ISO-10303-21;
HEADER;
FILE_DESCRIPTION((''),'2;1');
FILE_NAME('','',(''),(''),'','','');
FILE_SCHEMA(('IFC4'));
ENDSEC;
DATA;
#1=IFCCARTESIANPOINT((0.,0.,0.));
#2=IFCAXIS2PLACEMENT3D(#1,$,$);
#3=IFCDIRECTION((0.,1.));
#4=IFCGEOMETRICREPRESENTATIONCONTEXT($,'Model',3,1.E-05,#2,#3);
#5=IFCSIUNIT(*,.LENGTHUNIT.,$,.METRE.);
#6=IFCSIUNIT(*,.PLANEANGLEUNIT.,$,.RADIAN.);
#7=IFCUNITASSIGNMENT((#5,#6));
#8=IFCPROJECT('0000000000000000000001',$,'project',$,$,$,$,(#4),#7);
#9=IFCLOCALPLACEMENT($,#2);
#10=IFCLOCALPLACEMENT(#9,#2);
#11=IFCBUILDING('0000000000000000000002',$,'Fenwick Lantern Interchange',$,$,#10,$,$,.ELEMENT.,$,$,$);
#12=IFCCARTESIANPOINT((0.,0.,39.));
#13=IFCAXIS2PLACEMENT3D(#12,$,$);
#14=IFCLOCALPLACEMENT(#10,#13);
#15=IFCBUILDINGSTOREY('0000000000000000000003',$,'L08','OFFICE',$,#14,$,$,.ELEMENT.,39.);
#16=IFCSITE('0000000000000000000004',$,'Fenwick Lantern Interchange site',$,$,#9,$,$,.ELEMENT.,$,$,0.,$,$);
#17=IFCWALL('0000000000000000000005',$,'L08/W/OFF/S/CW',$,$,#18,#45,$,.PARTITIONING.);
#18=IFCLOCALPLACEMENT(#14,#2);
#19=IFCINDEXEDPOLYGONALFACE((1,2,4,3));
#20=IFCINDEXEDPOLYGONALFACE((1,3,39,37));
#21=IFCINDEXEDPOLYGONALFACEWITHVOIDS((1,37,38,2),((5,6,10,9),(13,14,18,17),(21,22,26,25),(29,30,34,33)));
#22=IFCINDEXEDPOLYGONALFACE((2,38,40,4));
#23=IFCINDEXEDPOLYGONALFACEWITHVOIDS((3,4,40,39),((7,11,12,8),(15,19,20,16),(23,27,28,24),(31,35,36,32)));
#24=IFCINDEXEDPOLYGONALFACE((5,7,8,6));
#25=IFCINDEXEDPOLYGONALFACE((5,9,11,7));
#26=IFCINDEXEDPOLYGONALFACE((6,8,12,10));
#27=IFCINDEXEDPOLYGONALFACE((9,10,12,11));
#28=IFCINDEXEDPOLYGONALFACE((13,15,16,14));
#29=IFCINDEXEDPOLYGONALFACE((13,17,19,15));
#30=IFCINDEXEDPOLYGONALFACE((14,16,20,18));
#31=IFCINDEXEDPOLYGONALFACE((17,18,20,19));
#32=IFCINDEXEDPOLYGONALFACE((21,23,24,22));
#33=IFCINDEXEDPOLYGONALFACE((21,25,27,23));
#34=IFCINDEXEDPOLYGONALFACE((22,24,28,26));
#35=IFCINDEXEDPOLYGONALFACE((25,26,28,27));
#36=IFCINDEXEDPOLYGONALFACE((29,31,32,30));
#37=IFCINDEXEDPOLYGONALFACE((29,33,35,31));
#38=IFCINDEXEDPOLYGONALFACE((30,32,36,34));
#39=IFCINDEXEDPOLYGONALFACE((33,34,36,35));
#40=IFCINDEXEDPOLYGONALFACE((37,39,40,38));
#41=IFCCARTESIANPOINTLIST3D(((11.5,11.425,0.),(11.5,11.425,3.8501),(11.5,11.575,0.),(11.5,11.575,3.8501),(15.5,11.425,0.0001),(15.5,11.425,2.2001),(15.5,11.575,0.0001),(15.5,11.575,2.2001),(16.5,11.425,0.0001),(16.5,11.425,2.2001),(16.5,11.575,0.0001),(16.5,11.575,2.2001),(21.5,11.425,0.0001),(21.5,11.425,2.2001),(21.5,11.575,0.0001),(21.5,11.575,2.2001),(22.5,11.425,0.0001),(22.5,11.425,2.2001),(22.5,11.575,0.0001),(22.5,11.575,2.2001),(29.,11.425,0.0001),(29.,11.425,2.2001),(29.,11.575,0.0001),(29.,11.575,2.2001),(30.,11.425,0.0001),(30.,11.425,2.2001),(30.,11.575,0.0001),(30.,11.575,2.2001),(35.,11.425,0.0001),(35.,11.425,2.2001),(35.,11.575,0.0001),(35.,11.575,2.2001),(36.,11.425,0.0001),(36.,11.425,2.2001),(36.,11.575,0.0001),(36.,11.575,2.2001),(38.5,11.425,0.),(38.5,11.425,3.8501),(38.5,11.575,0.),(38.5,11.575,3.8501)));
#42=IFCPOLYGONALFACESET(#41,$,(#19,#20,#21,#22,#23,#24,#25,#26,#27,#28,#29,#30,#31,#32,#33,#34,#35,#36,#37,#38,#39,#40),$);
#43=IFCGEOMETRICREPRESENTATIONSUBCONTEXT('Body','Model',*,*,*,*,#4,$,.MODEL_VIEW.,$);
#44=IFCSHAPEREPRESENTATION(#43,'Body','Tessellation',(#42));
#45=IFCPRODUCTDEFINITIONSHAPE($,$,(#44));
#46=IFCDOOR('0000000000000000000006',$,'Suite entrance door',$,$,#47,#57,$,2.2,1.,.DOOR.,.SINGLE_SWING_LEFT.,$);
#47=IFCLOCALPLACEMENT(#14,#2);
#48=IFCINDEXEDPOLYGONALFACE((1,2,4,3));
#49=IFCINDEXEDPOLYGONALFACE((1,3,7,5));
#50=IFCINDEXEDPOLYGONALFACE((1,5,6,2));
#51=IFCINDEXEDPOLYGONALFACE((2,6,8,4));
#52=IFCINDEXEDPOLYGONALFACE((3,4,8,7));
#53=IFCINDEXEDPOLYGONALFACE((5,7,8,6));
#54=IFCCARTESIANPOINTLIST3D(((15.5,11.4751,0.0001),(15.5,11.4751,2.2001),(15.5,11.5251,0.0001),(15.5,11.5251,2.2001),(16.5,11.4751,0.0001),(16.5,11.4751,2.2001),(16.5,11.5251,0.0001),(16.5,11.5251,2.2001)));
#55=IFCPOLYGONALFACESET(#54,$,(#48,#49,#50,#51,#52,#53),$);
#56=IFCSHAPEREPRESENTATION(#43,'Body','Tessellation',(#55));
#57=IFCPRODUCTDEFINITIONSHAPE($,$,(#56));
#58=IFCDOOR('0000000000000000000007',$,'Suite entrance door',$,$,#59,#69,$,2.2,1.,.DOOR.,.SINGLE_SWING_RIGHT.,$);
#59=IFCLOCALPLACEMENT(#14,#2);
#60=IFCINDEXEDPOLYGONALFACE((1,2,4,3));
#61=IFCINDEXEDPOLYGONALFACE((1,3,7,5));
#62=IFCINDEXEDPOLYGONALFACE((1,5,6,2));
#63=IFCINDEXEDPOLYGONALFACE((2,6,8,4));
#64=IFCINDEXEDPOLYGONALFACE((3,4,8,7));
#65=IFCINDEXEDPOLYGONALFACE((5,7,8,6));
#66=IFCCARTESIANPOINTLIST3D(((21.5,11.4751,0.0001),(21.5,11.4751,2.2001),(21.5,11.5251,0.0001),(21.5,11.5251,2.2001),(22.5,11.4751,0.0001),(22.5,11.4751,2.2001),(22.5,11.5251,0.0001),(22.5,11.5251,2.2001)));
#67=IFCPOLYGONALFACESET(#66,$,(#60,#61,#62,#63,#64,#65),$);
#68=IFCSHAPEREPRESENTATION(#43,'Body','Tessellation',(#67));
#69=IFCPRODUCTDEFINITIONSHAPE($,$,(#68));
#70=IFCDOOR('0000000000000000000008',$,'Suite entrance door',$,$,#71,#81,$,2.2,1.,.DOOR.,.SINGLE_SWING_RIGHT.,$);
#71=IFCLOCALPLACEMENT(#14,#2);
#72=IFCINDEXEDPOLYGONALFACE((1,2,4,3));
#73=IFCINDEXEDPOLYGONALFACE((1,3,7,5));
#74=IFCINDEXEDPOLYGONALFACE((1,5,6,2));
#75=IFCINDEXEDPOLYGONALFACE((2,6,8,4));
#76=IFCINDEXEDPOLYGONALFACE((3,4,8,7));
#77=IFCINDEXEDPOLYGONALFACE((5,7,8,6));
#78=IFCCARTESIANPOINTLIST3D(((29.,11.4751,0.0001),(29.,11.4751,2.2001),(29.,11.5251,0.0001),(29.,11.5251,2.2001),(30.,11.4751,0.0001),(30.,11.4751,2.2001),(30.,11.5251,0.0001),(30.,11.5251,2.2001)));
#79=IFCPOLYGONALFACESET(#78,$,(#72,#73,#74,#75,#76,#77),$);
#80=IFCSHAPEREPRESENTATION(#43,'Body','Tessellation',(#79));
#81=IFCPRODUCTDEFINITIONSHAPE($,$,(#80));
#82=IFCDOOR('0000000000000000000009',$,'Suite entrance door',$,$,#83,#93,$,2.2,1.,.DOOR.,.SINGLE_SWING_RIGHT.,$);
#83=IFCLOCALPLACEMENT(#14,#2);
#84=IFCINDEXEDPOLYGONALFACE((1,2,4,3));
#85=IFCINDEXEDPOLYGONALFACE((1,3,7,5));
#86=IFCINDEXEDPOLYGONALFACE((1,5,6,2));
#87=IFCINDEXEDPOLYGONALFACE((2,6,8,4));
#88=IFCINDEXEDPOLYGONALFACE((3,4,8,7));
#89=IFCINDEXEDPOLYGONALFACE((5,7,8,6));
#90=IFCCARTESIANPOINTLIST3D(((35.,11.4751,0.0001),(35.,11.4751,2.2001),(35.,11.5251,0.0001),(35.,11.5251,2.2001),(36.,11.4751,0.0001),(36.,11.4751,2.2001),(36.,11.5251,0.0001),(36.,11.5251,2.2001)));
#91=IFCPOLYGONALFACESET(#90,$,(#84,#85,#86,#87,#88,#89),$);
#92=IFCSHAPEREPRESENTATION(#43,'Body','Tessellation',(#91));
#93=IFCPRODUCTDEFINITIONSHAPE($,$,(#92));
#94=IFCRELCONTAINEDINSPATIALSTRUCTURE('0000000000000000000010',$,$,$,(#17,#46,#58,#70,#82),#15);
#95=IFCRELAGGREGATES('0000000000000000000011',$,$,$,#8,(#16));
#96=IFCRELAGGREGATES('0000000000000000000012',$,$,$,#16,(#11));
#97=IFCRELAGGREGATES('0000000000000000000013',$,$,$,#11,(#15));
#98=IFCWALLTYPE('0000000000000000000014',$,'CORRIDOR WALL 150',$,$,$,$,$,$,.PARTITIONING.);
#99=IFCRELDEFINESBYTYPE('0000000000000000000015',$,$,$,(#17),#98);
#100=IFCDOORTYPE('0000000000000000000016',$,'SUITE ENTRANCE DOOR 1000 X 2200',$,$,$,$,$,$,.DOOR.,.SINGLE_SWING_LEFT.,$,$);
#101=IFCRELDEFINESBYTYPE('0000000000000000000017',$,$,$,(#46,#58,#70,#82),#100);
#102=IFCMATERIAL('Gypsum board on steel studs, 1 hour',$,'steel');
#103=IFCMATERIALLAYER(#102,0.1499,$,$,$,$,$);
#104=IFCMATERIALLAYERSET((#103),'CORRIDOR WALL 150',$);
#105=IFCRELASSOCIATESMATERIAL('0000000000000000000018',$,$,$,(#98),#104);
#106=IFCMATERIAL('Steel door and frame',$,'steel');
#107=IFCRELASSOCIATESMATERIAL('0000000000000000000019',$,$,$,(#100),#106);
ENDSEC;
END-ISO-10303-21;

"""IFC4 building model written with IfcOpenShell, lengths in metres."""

from ifc_helpers import new_model, si_unit, direction, frame, frame_2d, origin, place, context, subcontext, project, spatial, rectangle, extrude, material, layer, layer_set, type_object, element, fill, save


model = new_model("IFC4")

# Units and contexts
model_context = context("Model", 3, precision=1e-05, world=origin(), true_north=direction((0.0, 1.0)))
body_context = subcontext(model_context, "Body", "Model", "MODEL_VIEW")
ifc_project = project(units=[si_unit("LENGTHUNIT", "METRE"), si_unit("PLANEANGLEUNIT", "RADIAN")], contexts=[model_context])

# Site, building, storey
site_placement = place(None, origin())
site = spatial("IfcSite", under=ifc_project, at=site_placement, Name="Fenwick Lantern Interchange site", CompositionType="ELEMENT", RefElevation=0.0)
building_placement = place(site_placement, origin())
building = spatial("IfcBuilding", under=site, at=building_placement, Name="Fenwick Lantern Interchange", CompositionType="ELEMENT")
storey_placement = place(building_placement, frame((0.0, 0.0, 39.0)))
storey = spatial("IfcBuildingStorey", under=building, at=storey_placement, Name="L08", Description="OFFICE", CompositionType="ELEMENT", Elevation=39.0)

# Shared definitions
ifc_material_1 = material(Name="Steel door and frame", Category="steel")

# Wall, openings, doors
ifc_material_2 = material(Name="Gypsum board on steel studs, 1 hour", Category="steel")
ifc_layer_1 = layer(ifc_material_2, 0.1499)
ifc_layer_set_1 = layer_set([ifc_layer_1], Name="CORRIDOR WALL 150")
wall_type_1 = type_object("IfcWallType", Name="CORRIDOR WALL 150", PredefinedType="PARTITIONING", material=ifc_layer_set_1)
wall_1_placement = place(storey_placement, frame((11.5, 11.5, 0.0), z_axis=(0.0, 0.0, 1.0), x_axis=(1.0, 0.0, 0.0)))
wall_1 = element("IfcWall", 1, at=wall_1_placement, inside=storey, type_object=wall_type_1, Name="L08/W/OFF/S/CW", PredefinedType="PARTITIONING", context=body_context, shape_type="SweptSolid", body=[
    extrude(rectangle(XDim=27.0, YDim=0.1499, at=frame_2d((13.5, 0.0))), origin(), (0.0, 0.0, 1.0), 3.8501),
])
opening_1_placement = place(wall_1_placement, frame((4.0, 0.0, 0.0)))
opening_1 = element("IfcOpeningElement", 2, at=opening_1_placement, cuts=wall_1, PredefinedType="OPENING", context=body_context, shape_type="SweptSolid", body=[
    extrude(rectangle(XDim=1.0, YDim=2.2, at=frame_2d((0.5, 1.1001))), frame((0.0, 0.085, 0.0), z_axis=(0.0, -1.0, 0.0), x_axis=(1.0, 0.0, 0.0)), (0.0, 0.0, 1.0), 0.1699),
])
opening_2_placement = place(wall_1_placement, frame((10.0, 0.0, 0.0)))
opening_2 = element("IfcOpeningElement", 3, at=opening_2_placement, cuts=wall_1, PredefinedType="OPENING", context=body_context, shape_type="SweptSolid", body=[
    extrude(rectangle(XDim=1.0, YDim=2.2, at=frame_2d((0.5, 1.1001))), frame((0.0, 0.085, 0.0), z_axis=(0.0, -1.0, 0.0), x_axis=(1.0, 0.0, 0.0)), (0.0, 0.0, 1.0), 0.1699),
])
opening_3_placement = place(wall_1_placement, frame((17.5, 0.0, 0.0)))
opening_3 = element("IfcOpeningElement", 4, at=opening_3_placement, cuts=wall_1, PredefinedType="OPENING", context=body_context, shape_type="SweptSolid", body=[
    extrude(rectangle(XDim=1.0, YDim=2.2, at=frame_2d((0.5, 1.1001))), frame((0.0, 0.085, 0.0), z_axis=(0.0, -1.0, 0.0), x_axis=(1.0, 0.0, 0.0)), (0.0, 0.0, 1.0), 0.1699),
])
opening_4_placement = place(wall_1_placement, frame((23.5, 0.0, 0.0)))
opening_4 = element("IfcOpeningElement", 5, at=opening_4_placement, cuts=wall_1, PredefinedType="OPENING", context=body_context, shape_type="SweptSolid", body=[
    extrude(rectangle(XDim=1.0, YDim=2.2, at=frame_2d((0.5, 1.1001))), frame((0.0, 0.085, 0.0), z_axis=(0.0, -1.0, 0.0), x_axis=(1.0, 0.0, 0.0)), (0.0, 0.0, 1.0), 0.1699),
])
door_type_1 = type_object("IfcDoorType", Name="SUITE ENTRANCE DOOR 1000 X 2200", OperationType="SINGLE_SWING_LEFT", PredefinedType="DOOR", material=ifc_material_1)
door_1_placement = place(opening_1_placement, frame((1.0, 0.0, 0.0), z_axis=(0.0, 0.0, 1.0), x_axis=(-1.0, 0.0, 0.0)))
door_1 = element("IfcDoor", 6, at=door_1_placement, inside=storey, type_object=door_type_1, Name="Suite entrance door", OperationType="SINGLE_SWING_LEFT", OverallHeight=2.2, OverallWidth=1.0, PredefinedType="DOOR", context=body_context, shape_type="SweptSolid", body=[
    extrude(rectangle(XDim=1.0, YDim=2.2, at=frame_2d((0.5, 1.1001))), frame((0.0, 0.0249, 0.0), z_axis=(0.0, -1.0, 0.0), x_axis=(1.0, 0.0, 0.0)), (0.0, 0.0, 1.0), 0.05),
])
fill(opening_1, door_1)
door_2_placement = place(opening_2_placement, frame((1.0, 0.0, 0.0), z_axis=(0.0, 0.0, 1.0), x_axis=(-1.0, 0.0, 0.0)))
door_2 = element("IfcDoor", 7, at=door_2_placement, inside=storey, type_object=door_type_1, Name="Suite entrance door", OperationType="SINGLE_SWING_RIGHT", OverallHeight=2.2, OverallWidth=1.0, PredefinedType="DOOR", context=body_context, shape_type="SweptSolid", body=[
    extrude(rectangle(XDim=1.0, YDim=2.2, at=frame_2d((0.5, 1.1001))), frame((0.0, 0.0249, 0.0), z_axis=(0.0, -1.0, 0.0), x_axis=(1.0, 0.0, 0.0)), (0.0, 0.0, 1.0), 0.05),
])
fill(opening_2, door_2)
door_3_placement = place(opening_3_placement, frame((1.0, 0.0, 0.0), z_axis=(0.0, 0.0, 1.0), x_axis=(-1.0, 0.0, 0.0)))
door_3 = element("IfcDoor", 8, at=door_3_placement, inside=storey, type_object=door_type_1, Name="Suite entrance door", OperationType="SINGLE_SWING_RIGHT", OverallHeight=2.2, OverallWidth=1.0, PredefinedType="DOOR", context=body_context, shape_type="SweptSolid", body=[
    extrude(rectangle(XDim=1.0, YDim=2.2, at=frame_2d((0.5, 1.1001))), frame((0.0, 0.0249, 0.0), z_axis=(0.0, -1.0, 0.0), x_axis=(1.0, 0.0, 0.0)), (0.0, 0.0, 1.0), 0.05),
])
fill(opening_3, door_3)
door_4_placement = place(opening_4_placement, frame((1.0, 0.0, 0.0), z_axis=(0.0, 0.0, 1.0), x_axis=(-1.0, 0.0, 0.0)))
door_4 = element("IfcDoor", 9, at=door_4_placement, inside=storey, type_object=door_type_1, Name="Suite entrance door", OperationType="SINGLE_SWING_RIGHT", OverallHeight=2.2, OverallWidth=1.0, PredefinedType="DOOR", context=body_context, shape_type="SweptSolid", body=[
    extrude(rectangle(XDim=1.0, YDim=2.2, at=frame_2d((0.5, 1.1001))), frame((0.0, 0.0249, 0.0), z_axis=(0.0, -1.0, 0.0), x_axis=(1.0, 0.0, 0.0)), (0.0, 0.0, 1.0), 0.05),
])
fill(opening_4, door_4)

save(model, "model.ifc")
